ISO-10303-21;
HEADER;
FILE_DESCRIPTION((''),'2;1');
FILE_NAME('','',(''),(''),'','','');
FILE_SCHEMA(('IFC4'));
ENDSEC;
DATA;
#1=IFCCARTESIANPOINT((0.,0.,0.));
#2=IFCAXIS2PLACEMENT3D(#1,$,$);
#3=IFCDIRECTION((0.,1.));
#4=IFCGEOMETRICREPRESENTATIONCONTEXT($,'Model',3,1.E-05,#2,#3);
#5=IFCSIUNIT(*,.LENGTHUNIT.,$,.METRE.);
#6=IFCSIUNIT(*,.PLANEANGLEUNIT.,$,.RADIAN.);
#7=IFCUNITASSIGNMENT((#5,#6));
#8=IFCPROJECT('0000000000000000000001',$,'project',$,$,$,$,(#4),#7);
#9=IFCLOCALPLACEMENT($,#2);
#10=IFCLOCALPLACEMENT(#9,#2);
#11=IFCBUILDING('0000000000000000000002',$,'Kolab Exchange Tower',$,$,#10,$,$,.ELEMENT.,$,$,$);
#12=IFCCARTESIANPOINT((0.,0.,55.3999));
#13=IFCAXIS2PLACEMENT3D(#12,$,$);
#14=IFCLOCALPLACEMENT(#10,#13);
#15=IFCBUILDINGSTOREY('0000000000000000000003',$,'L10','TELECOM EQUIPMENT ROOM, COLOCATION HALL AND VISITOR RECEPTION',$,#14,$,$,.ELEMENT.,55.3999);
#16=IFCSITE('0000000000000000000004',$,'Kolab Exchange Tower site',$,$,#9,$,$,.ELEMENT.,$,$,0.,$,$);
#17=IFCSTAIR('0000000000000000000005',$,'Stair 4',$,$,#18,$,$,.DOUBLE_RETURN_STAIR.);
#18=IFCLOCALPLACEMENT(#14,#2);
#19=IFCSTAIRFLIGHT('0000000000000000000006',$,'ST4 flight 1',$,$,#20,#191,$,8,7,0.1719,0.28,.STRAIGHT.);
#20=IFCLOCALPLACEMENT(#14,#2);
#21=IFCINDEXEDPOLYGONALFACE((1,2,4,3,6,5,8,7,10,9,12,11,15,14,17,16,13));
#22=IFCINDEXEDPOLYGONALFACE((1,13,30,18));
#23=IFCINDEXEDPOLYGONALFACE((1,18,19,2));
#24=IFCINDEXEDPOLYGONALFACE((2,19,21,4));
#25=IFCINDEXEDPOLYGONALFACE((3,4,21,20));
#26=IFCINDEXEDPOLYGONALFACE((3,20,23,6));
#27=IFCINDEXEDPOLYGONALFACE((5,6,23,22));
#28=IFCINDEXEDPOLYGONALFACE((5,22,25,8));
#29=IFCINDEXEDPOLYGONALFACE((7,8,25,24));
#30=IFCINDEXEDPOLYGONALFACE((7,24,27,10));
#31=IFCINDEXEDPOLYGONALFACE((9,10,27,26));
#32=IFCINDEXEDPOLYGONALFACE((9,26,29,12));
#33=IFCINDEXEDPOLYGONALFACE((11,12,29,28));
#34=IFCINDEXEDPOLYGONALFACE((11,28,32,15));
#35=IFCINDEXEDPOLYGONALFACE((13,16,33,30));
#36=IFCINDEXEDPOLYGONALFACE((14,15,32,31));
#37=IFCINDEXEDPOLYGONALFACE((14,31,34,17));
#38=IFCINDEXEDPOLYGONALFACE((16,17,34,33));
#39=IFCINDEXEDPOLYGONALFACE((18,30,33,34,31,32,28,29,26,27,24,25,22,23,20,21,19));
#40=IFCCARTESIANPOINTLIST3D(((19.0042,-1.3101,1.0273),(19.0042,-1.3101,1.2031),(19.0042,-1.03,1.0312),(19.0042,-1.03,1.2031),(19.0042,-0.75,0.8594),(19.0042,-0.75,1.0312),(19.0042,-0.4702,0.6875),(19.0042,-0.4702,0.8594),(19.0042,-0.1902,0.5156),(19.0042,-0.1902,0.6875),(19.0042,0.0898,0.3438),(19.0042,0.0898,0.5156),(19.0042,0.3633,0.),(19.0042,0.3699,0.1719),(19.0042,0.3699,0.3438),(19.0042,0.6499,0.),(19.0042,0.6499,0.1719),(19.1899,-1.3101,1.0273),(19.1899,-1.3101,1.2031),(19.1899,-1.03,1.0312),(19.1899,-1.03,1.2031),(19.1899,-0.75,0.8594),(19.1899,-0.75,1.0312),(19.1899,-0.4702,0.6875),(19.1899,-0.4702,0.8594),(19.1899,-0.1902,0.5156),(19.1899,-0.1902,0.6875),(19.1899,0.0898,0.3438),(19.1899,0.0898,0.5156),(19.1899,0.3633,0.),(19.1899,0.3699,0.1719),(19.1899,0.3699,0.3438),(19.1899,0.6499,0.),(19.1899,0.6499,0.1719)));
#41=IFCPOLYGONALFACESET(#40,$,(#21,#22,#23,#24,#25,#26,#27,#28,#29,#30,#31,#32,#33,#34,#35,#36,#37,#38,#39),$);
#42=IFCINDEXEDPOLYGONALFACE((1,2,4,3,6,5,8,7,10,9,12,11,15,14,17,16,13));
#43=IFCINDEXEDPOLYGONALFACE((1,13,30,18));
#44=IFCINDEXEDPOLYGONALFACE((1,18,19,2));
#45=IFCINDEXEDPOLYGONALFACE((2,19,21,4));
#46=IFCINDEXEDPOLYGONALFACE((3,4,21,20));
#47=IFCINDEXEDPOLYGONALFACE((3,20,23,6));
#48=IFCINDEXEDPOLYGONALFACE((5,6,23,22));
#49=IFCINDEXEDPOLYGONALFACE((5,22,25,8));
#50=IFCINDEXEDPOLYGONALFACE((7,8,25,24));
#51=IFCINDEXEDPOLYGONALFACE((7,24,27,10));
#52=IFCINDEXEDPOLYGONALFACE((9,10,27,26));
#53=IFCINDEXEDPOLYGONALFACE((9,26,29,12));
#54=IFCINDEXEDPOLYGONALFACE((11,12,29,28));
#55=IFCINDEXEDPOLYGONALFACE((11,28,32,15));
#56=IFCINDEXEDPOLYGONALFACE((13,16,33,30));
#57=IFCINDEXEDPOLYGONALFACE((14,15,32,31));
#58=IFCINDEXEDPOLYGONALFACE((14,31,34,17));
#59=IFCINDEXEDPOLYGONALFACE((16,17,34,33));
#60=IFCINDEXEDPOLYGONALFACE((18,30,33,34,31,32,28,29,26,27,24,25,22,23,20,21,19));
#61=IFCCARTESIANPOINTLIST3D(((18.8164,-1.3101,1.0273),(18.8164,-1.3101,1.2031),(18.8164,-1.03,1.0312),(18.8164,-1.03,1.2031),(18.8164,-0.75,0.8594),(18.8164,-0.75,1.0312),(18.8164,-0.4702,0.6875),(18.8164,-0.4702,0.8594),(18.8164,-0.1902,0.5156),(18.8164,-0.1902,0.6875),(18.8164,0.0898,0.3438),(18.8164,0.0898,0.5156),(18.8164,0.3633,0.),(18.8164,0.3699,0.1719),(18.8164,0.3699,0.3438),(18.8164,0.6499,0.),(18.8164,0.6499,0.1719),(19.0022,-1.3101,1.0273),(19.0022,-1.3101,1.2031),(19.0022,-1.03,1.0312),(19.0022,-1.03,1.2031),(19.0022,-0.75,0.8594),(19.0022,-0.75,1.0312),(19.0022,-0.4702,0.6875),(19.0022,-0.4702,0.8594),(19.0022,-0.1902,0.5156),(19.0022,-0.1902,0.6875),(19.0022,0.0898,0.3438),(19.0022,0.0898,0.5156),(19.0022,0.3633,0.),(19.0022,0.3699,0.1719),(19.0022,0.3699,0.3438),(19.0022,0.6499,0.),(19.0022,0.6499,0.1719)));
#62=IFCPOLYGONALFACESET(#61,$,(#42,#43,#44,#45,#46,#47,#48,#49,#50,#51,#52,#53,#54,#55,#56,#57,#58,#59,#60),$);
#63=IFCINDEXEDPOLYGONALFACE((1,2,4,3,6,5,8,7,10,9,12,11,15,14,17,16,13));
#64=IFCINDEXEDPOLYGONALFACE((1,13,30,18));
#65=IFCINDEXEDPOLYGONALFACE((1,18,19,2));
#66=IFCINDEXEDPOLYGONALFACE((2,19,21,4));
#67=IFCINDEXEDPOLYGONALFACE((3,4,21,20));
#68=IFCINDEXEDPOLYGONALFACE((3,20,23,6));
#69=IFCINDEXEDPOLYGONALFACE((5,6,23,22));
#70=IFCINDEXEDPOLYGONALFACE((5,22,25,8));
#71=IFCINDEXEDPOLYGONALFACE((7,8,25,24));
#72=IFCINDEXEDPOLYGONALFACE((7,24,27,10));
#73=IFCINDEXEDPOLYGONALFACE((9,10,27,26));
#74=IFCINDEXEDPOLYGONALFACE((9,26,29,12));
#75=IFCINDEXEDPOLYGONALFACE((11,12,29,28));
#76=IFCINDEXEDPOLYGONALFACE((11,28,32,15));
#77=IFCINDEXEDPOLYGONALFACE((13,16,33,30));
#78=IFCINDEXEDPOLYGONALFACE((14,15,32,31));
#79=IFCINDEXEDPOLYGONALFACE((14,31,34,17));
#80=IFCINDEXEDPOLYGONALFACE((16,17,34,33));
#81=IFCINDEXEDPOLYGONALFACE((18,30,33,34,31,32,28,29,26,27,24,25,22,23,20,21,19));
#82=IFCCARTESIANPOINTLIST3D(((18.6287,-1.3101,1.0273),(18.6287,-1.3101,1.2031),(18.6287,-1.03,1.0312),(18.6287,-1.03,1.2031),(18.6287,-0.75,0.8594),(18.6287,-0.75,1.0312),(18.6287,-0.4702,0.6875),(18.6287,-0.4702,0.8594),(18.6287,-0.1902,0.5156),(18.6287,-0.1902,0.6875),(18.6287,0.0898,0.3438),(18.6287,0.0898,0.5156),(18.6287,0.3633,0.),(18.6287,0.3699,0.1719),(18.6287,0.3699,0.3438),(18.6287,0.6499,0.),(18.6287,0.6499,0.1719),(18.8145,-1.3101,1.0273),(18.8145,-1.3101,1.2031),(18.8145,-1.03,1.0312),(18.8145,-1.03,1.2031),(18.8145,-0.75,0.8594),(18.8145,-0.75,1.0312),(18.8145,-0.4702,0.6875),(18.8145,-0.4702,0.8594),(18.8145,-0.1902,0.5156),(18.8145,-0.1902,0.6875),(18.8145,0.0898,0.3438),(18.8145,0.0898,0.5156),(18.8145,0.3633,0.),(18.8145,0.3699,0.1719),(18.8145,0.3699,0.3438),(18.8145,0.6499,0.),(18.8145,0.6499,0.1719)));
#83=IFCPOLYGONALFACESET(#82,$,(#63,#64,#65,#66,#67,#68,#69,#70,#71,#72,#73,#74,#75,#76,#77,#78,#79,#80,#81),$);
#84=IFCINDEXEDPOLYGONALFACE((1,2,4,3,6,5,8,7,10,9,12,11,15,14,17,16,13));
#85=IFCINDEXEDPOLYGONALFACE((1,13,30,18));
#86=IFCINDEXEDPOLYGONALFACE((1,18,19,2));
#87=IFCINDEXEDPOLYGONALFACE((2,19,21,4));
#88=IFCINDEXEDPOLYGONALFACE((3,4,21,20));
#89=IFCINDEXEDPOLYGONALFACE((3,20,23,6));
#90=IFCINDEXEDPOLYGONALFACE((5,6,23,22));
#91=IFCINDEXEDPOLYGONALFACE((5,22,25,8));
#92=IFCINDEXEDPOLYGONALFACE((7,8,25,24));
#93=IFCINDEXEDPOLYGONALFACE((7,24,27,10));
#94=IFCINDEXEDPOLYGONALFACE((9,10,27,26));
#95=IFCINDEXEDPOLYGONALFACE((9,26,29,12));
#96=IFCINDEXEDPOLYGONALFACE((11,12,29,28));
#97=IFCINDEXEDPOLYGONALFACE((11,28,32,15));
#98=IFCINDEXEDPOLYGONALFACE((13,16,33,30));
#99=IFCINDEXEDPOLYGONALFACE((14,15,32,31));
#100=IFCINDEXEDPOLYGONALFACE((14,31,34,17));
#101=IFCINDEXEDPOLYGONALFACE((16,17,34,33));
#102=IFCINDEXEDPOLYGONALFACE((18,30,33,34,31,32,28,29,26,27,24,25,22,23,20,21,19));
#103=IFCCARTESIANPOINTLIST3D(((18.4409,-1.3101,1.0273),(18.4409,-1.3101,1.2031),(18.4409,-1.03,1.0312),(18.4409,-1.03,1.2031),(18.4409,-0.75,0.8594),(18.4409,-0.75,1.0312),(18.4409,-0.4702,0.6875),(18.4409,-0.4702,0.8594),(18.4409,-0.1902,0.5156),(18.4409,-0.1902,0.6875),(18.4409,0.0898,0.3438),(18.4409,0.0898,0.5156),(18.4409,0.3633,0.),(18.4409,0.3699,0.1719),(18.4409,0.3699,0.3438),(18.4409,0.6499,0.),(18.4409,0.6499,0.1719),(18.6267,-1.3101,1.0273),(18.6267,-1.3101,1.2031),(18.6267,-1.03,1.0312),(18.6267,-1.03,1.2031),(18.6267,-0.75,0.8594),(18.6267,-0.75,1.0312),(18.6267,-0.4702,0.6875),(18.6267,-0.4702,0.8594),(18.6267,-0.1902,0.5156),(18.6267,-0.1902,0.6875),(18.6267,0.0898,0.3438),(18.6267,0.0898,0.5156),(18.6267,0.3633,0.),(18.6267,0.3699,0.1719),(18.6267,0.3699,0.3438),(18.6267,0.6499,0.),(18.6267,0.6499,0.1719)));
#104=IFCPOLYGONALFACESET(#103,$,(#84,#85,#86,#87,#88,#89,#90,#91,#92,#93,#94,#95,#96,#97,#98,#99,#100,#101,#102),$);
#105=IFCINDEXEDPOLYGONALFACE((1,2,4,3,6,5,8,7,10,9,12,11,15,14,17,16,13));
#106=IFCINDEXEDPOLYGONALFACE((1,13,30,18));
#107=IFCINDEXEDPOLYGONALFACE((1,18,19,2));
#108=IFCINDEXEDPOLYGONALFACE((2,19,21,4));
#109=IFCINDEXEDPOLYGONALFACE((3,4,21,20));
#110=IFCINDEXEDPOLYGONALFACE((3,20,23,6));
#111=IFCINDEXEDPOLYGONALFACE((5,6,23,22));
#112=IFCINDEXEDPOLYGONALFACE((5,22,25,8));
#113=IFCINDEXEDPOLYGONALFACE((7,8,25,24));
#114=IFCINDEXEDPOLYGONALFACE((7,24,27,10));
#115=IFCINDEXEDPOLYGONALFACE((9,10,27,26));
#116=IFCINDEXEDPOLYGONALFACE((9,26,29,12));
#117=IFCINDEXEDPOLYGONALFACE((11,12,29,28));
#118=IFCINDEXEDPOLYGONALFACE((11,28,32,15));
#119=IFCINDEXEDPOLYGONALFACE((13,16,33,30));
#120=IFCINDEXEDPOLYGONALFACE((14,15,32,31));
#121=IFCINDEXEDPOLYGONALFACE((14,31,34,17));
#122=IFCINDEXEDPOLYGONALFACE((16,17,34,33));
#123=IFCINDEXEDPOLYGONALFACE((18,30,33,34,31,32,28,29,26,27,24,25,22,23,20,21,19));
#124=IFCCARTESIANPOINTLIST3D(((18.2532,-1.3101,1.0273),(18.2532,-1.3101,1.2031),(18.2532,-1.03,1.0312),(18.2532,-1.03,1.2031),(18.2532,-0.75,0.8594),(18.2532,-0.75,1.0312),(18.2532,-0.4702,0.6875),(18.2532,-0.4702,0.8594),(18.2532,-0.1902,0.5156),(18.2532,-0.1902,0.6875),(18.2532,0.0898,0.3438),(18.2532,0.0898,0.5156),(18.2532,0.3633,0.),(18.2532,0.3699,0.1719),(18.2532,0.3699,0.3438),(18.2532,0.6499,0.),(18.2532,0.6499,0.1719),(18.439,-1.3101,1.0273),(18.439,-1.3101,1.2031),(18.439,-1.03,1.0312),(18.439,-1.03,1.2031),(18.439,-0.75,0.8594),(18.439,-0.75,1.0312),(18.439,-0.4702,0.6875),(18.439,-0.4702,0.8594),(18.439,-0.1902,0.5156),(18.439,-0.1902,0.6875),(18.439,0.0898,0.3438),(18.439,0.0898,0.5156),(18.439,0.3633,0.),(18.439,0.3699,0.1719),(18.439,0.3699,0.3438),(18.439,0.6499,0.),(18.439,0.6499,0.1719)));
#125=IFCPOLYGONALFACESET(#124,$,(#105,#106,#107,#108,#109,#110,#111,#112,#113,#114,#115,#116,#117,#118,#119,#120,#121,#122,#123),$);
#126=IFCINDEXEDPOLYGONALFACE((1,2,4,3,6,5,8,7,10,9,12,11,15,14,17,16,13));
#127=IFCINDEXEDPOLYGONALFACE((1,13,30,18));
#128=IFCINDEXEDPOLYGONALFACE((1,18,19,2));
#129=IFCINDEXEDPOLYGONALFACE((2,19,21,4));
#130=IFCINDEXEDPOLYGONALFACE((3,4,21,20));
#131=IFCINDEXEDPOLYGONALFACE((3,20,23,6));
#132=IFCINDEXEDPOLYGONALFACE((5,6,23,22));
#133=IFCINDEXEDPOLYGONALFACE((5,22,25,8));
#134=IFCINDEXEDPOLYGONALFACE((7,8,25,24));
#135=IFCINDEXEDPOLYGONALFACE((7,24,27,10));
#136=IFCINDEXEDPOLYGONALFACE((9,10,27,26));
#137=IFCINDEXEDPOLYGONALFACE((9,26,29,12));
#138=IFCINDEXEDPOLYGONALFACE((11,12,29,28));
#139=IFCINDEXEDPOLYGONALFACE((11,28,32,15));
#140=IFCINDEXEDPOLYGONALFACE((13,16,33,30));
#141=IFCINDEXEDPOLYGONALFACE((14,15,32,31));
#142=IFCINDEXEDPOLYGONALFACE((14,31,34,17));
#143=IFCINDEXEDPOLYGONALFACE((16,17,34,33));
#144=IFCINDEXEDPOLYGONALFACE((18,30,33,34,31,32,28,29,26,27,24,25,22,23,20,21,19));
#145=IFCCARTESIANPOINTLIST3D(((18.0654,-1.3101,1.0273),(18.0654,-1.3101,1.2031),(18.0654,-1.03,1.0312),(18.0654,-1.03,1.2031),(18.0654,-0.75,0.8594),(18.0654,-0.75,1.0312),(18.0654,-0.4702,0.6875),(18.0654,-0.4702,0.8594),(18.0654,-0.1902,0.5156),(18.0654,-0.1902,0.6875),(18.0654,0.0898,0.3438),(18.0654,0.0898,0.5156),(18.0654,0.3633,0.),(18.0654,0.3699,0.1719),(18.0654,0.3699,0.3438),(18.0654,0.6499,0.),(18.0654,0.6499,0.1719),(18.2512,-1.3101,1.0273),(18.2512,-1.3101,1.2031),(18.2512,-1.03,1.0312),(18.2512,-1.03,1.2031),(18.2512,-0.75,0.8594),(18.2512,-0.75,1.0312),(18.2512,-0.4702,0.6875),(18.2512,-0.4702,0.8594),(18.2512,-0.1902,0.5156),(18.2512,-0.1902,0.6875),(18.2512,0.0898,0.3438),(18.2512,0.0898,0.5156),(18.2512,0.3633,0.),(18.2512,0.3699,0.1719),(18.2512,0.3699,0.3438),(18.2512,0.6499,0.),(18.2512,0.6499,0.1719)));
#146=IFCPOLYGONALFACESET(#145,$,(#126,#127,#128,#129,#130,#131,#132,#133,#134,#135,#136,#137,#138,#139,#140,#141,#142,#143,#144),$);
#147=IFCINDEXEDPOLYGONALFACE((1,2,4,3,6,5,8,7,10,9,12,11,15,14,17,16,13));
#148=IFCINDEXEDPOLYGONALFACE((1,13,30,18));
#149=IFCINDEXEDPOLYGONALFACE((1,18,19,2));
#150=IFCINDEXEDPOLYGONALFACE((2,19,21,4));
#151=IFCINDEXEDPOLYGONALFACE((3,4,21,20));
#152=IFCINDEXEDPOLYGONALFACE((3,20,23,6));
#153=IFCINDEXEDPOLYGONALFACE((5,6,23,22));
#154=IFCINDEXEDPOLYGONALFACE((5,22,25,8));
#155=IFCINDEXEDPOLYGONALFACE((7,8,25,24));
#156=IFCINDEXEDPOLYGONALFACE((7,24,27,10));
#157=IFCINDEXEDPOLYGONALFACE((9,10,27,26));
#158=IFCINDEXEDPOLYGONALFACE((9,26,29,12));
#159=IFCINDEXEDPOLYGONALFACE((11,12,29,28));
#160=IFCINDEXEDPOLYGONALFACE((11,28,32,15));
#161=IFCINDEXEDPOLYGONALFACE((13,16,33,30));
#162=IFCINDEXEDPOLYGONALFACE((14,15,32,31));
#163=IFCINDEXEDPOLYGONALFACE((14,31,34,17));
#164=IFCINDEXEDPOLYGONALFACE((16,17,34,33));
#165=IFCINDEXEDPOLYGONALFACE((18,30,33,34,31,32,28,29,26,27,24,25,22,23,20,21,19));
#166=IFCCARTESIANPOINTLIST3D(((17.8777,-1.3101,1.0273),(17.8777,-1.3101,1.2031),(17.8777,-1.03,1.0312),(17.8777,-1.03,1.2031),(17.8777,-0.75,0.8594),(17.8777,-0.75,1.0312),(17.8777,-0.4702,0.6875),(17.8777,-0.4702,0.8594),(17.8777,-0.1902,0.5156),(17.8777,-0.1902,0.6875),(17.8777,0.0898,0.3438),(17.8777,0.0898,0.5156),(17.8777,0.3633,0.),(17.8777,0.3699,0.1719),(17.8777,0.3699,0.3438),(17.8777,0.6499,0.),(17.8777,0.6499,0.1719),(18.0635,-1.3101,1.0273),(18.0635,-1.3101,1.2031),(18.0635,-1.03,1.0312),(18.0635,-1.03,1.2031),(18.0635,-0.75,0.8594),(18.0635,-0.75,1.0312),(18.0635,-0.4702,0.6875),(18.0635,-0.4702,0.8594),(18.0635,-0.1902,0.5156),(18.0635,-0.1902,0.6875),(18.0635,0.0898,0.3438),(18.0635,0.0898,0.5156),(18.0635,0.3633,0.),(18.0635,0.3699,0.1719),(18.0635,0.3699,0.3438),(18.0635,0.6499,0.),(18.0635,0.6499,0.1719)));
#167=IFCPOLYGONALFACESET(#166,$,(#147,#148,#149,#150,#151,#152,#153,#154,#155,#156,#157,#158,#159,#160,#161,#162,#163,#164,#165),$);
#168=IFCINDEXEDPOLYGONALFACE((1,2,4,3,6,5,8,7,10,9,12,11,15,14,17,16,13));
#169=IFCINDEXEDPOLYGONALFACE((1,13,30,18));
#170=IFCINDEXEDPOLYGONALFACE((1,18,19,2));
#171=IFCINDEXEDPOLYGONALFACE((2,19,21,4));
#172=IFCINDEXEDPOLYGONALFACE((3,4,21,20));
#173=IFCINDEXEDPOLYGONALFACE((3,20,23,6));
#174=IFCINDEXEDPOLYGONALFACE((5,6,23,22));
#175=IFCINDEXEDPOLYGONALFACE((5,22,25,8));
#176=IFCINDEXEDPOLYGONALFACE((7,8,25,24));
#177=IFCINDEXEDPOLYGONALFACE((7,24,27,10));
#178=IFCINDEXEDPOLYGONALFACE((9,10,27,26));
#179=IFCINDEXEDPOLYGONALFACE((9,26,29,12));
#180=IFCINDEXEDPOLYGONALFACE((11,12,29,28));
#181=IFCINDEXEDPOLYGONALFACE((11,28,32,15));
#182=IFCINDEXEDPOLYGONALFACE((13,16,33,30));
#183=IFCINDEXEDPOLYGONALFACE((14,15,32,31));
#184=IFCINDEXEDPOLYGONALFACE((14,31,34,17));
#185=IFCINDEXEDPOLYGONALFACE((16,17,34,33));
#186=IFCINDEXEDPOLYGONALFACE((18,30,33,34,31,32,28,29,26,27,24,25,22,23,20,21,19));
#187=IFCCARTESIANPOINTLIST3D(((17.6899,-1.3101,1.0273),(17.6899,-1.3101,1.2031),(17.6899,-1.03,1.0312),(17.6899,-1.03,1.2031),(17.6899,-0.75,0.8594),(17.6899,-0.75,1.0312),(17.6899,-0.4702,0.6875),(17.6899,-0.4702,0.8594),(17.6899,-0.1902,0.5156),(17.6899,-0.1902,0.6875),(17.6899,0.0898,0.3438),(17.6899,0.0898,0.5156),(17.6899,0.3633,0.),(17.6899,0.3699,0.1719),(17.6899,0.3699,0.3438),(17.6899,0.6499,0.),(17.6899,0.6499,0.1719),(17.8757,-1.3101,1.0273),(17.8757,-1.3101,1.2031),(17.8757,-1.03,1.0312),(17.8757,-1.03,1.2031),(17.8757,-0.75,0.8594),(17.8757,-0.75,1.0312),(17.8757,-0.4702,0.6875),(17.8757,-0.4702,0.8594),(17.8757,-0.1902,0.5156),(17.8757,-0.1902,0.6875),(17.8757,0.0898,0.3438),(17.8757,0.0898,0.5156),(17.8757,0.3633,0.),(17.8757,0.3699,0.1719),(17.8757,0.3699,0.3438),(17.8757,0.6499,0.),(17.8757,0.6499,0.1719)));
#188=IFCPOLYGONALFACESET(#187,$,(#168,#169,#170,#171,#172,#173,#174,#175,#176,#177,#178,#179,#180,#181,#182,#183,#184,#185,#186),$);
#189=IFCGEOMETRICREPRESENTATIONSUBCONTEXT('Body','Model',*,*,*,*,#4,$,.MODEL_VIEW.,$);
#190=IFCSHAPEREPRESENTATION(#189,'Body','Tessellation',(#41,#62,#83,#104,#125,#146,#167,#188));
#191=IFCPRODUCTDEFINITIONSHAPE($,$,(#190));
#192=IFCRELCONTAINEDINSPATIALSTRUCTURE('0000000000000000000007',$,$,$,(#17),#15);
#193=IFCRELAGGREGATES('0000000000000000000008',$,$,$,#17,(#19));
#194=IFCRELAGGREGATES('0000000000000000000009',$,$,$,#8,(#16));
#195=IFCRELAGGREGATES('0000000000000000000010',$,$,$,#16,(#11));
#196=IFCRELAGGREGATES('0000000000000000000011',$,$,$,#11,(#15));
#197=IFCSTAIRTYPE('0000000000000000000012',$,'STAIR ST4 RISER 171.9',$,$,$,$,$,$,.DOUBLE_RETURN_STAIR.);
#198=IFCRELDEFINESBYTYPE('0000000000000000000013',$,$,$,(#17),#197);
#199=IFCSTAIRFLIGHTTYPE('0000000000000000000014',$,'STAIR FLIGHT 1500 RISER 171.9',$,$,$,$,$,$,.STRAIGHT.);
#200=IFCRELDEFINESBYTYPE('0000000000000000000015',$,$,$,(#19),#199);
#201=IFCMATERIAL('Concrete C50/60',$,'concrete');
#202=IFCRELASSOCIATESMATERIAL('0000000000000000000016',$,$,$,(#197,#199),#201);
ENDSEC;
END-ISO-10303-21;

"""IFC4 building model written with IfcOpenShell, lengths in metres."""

from ifc_helpers import new_model, si_unit, direction, frame, origin, place, context, subcontext, project, spatial, polyline, outline, extrude, material, type_object, element, aggregate, save


model = new_model("IFC4")

# Units and contexts
model_context = context("Model", 3, precision=1e-05, world=origin(), true_north=direction((0.0, 1.0)))
body_context = subcontext(model_context, "Body", "Model", "MODEL_VIEW")
ifc_project = project(units=[si_unit("LENGTHUNIT", "METRE"), si_unit("PLANEANGLEUNIT", "RADIAN")], contexts=[model_context])

# Site, building, storey
site_placement = place(None, origin())
site = spatial("IfcSite", under=ifc_project, at=site_placement, Name="Kolab Exchange Tower site", CompositionType="ELEMENT", RefElevation=0.0)
building_placement = place(site_placement, origin())
building = spatial("IfcBuilding", under=site, at=building_placement, Name="Kolab Exchange Tower", CompositionType="ELEMENT")
storey_placement = place(building_placement, frame((0.0, 0.0, 55.3999)))
storey = spatial("IfcBuildingStorey", under=building, at=storey_placement, Name="L10", Description="TELECOM EQUIPMENT ROOM, COLOCATION HALL AND VISITOR RECEPTION", CompositionType="ELEMENT", Elevation=55.3999)

# Shared definitions
ifc_material_1 = material(Name="Concrete C50/60", Category="concrete")

# Stair, stair flight
stair_type = type_object("IfcStairType", Name="STAIR ST4 RISER 171.9", PredefinedType="DOUBLE_RETURN_STAIR", material=ifc_material_1)
stair_placement = place(storey_placement, origin())
stair = element("IfcStair", 1, at=stair_placement, inside=storey, type_object=stair_type, Name="Stair 4", PredefinedType="DOUBLE_RETURN_STAIR")
stair_flight_type = type_object("IfcStairFlightType", Name="STAIR FLIGHT 1500 RISER 171.9", PredefinedType="STRAIGHT", material=ifc_material_1)
stair_flight_1_placement = place(storey_placement, frame((18.4399, 0.6499, 0.0), z_axis=(0.0, 0.0, 1.0), x_axis=(0.0, -1.0, 0.0)))
stair_flight_1 = element("IfcStairFlight", 2, at=stair_flight_1_placement, type_object=stair_flight_type, Name="ST4 flight 1", NumberOfRisers=8, NumberOfTreads=7, PredefinedType="STRAIGHT", RiserHeight=0.1719, TreadLength=0.28, context=body_context, shape_type="SweptSolid", body=[
    extrude(outline(polyline([(0.0, 0.0), (0.0, 0.1719), (0.28, 0.1719), (0.28, 0.3438), (0.5601, 0.3438), (0.5601, 0.5156), (0.8401, 0.5156), (0.8401, 0.6875), (1.1201, 0.6875), (1.1201, 0.8594), (1.3999, 0.8594), (1.3999, 1.0312), (1.6799, 1.0312), (1.6799, 1.2031), (1.96, 1.2031), (1.96, 1.375), (1.96, 1.0273), (0.2866, 0.0), (0.0, 0.0)])), frame((0.0, 0.75, 0.0), z_axis=(0.0, -1.0, 0.0), x_axis=(1.0, 0.0, 0.0)), (0.0, 0.0, 1.0), 0.1858),
    extrude(outline(polyline([(0.0, 0.0), (0.0, 0.1719), (0.28, 0.1719), (0.28, 0.3438), (0.5601, 0.3438), (0.5601, 0.5156), (0.8401, 0.5156), (0.8401, 0.6875), (1.1201, 0.6875), (1.1201, 0.8594), (1.3999, 0.8594), (1.3999, 1.0312), (1.6799, 1.0312), (1.6799, 1.2031), (1.96, 1.2031), (1.96, 1.375), (1.96, 1.0273), (0.2866, 0.0), (0.0, 0.0)])), frame((0.0, 0.5623, 0.0), z_axis=(0.0, -1.0, 0.0), x_axis=(1.0, 0.0, 0.0)), (0.0, 0.0, 1.0), 0.1858),
    extrude(outline(polyline([(0.0, 0.0), (0.0, 0.1719), (0.28, 0.1719), (0.28, 0.3438), (0.5601, 0.3438), (0.5601, 0.5156), (0.8401, 0.5156), (0.8401, 0.6875), (1.1201, 0.6875), (1.1201, 0.8594), (1.3999, 0.8594), (1.3999, 1.0312), (1.6799, 1.0312), (1.6799, 1.2031), (1.96, 1.2031), (1.96, 1.375), (1.96, 1.0273), (0.2866, 0.0), (0.0, 0.0)])), frame((0.0, 0.3745, 0.0), z_axis=(0.0, -1.0, 0.0), x_axis=(1.0, 0.0, 0.0)), (0.0, 0.0, 1.0), 0.1858),
    extrude(outline(polyline([(0.0, 0.0), (0.0, 0.1719), (0.28, 0.1719), (0.28, 0.3438), (0.5601, 0.3438), (0.5601, 0.5156), (0.8401, 0.5156), (0.8401, 0.6875), (1.1201, 0.6875), (1.1201, 0.8594), (1.3999, 0.8594), (1.3999, 1.0312), (1.6799, 1.0312), (1.6799, 1.2031), (1.96, 1.2031), (1.96, 1.375), (1.96, 1.0273), (0.2866, 0.0), (0.0, 0.0)])), frame((0.0, 0.1868, 0.0), z_axis=(0.0, -1.0, 0.0), x_axis=(1.0, 0.0, 0.0)), (0.0, 0.0, 1.0), 0.1858),
    extrude(outline(polyline([(0.0, 0.0), (0.0, 0.1719), (0.28, 0.1719), (0.28, 0.3438), (0.5601, 0.3438), (0.5601, 0.5156), (0.8401, 0.5156), (0.8401, 0.6875), (1.1201, 0.6875), (1.1201, 0.8594), (1.3999, 0.8594), (1.3999, 1.0312), (1.6799, 1.0312), (1.6799, 1.2031), (1.96, 1.2031), (1.96, 1.375), (1.96, 1.0273), (0.2866, 0.0), (0.0, 0.0)])), frame((0.0, -0.001, 0.0), z_axis=(0.0, -1.0, 0.0), x_axis=(1.0, 0.0, 0.0)), (0.0, 0.0, 1.0), 0.1858),
    extrude(outline(polyline([(0.0, 0.0), (0.0, 0.1719), (0.28, 0.1719), (0.28, 0.3438), (0.5601, 0.3438), (0.5601, 0.5156), (0.8401, 0.5156), (0.8401, 0.6875), (1.1201, 0.6875), (1.1201, 0.8594), (1.3999, 0.8594), (1.3999, 1.0312), (1.6799, 1.0312), (1.6799, 1.2031), (1.96, 1.2031), (1.96, 1.375), (1.96, 1.0273), (0.2866, 0.0), (0.0, 0.0)])), frame((0.0, -0.1887, 0.0), z_axis=(0.0, -1.0, 0.0), x_axis=(1.0, 0.0, 0.0)), (0.0, 0.0, 1.0), 0.1858),
    extrude(outline(polyline([(0.0, 0.0), (0.0, 0.1719), (0.28, 0.1719), (0.28, 0.3438), (0.5601, 0.3438), (0.5601, 0.5156), (0.8401, 0.5156), (0.8401, 0.6875), (1.1201, 0.6875), (1.1201, 0.8594), (1.3999, 0.8594), (1.3999, 1.0312), (1.6799, 1.0312), (1.6799, 1.2031), (1.96, 1.2031), (1.96, 1.375), (1.96, 1.0273), (0.2866, 0.0), (0.0, 0.0)])), frame((0.0, -0.3765, 0.0), z_axis=(0.0, -1.0, 0.0), x_axis=(1.0, 0.0, 0.0)), (0.0, 0.0, 1.0), 0.1858),
    extrude(outline(polyline([(0.0, 0.0), (0.0, 0.1719), (0.28, 0.1719), (0.28, 0.3438), (0.5601, 0.3438), (0.5601, 0.5156), (0.8401, 0.5156), (0.8401, 0.6875), (1.1201, 0.6875), (1.1201, 0.8594), (1.3999, 0.8594), (1.3999, 1.0312), (1.6799, 1.0312), (1.6799, 1.2031), (1.96, 1.2031), (1.96, 1.375), (1.96, 1.0273), (0.2866, 0.0), (0.0, 0.0)])), frame((0.0, -0.5642, 0.0), z_axis=(0.0, -1.0, 0.0), x_axis=(1.0, 0.0, 0.0)), (0.0, 0.0, 1.0), 0.1858),
])
aggregate(stair, [stair_flight_1])

save(model, "model.ifc")
